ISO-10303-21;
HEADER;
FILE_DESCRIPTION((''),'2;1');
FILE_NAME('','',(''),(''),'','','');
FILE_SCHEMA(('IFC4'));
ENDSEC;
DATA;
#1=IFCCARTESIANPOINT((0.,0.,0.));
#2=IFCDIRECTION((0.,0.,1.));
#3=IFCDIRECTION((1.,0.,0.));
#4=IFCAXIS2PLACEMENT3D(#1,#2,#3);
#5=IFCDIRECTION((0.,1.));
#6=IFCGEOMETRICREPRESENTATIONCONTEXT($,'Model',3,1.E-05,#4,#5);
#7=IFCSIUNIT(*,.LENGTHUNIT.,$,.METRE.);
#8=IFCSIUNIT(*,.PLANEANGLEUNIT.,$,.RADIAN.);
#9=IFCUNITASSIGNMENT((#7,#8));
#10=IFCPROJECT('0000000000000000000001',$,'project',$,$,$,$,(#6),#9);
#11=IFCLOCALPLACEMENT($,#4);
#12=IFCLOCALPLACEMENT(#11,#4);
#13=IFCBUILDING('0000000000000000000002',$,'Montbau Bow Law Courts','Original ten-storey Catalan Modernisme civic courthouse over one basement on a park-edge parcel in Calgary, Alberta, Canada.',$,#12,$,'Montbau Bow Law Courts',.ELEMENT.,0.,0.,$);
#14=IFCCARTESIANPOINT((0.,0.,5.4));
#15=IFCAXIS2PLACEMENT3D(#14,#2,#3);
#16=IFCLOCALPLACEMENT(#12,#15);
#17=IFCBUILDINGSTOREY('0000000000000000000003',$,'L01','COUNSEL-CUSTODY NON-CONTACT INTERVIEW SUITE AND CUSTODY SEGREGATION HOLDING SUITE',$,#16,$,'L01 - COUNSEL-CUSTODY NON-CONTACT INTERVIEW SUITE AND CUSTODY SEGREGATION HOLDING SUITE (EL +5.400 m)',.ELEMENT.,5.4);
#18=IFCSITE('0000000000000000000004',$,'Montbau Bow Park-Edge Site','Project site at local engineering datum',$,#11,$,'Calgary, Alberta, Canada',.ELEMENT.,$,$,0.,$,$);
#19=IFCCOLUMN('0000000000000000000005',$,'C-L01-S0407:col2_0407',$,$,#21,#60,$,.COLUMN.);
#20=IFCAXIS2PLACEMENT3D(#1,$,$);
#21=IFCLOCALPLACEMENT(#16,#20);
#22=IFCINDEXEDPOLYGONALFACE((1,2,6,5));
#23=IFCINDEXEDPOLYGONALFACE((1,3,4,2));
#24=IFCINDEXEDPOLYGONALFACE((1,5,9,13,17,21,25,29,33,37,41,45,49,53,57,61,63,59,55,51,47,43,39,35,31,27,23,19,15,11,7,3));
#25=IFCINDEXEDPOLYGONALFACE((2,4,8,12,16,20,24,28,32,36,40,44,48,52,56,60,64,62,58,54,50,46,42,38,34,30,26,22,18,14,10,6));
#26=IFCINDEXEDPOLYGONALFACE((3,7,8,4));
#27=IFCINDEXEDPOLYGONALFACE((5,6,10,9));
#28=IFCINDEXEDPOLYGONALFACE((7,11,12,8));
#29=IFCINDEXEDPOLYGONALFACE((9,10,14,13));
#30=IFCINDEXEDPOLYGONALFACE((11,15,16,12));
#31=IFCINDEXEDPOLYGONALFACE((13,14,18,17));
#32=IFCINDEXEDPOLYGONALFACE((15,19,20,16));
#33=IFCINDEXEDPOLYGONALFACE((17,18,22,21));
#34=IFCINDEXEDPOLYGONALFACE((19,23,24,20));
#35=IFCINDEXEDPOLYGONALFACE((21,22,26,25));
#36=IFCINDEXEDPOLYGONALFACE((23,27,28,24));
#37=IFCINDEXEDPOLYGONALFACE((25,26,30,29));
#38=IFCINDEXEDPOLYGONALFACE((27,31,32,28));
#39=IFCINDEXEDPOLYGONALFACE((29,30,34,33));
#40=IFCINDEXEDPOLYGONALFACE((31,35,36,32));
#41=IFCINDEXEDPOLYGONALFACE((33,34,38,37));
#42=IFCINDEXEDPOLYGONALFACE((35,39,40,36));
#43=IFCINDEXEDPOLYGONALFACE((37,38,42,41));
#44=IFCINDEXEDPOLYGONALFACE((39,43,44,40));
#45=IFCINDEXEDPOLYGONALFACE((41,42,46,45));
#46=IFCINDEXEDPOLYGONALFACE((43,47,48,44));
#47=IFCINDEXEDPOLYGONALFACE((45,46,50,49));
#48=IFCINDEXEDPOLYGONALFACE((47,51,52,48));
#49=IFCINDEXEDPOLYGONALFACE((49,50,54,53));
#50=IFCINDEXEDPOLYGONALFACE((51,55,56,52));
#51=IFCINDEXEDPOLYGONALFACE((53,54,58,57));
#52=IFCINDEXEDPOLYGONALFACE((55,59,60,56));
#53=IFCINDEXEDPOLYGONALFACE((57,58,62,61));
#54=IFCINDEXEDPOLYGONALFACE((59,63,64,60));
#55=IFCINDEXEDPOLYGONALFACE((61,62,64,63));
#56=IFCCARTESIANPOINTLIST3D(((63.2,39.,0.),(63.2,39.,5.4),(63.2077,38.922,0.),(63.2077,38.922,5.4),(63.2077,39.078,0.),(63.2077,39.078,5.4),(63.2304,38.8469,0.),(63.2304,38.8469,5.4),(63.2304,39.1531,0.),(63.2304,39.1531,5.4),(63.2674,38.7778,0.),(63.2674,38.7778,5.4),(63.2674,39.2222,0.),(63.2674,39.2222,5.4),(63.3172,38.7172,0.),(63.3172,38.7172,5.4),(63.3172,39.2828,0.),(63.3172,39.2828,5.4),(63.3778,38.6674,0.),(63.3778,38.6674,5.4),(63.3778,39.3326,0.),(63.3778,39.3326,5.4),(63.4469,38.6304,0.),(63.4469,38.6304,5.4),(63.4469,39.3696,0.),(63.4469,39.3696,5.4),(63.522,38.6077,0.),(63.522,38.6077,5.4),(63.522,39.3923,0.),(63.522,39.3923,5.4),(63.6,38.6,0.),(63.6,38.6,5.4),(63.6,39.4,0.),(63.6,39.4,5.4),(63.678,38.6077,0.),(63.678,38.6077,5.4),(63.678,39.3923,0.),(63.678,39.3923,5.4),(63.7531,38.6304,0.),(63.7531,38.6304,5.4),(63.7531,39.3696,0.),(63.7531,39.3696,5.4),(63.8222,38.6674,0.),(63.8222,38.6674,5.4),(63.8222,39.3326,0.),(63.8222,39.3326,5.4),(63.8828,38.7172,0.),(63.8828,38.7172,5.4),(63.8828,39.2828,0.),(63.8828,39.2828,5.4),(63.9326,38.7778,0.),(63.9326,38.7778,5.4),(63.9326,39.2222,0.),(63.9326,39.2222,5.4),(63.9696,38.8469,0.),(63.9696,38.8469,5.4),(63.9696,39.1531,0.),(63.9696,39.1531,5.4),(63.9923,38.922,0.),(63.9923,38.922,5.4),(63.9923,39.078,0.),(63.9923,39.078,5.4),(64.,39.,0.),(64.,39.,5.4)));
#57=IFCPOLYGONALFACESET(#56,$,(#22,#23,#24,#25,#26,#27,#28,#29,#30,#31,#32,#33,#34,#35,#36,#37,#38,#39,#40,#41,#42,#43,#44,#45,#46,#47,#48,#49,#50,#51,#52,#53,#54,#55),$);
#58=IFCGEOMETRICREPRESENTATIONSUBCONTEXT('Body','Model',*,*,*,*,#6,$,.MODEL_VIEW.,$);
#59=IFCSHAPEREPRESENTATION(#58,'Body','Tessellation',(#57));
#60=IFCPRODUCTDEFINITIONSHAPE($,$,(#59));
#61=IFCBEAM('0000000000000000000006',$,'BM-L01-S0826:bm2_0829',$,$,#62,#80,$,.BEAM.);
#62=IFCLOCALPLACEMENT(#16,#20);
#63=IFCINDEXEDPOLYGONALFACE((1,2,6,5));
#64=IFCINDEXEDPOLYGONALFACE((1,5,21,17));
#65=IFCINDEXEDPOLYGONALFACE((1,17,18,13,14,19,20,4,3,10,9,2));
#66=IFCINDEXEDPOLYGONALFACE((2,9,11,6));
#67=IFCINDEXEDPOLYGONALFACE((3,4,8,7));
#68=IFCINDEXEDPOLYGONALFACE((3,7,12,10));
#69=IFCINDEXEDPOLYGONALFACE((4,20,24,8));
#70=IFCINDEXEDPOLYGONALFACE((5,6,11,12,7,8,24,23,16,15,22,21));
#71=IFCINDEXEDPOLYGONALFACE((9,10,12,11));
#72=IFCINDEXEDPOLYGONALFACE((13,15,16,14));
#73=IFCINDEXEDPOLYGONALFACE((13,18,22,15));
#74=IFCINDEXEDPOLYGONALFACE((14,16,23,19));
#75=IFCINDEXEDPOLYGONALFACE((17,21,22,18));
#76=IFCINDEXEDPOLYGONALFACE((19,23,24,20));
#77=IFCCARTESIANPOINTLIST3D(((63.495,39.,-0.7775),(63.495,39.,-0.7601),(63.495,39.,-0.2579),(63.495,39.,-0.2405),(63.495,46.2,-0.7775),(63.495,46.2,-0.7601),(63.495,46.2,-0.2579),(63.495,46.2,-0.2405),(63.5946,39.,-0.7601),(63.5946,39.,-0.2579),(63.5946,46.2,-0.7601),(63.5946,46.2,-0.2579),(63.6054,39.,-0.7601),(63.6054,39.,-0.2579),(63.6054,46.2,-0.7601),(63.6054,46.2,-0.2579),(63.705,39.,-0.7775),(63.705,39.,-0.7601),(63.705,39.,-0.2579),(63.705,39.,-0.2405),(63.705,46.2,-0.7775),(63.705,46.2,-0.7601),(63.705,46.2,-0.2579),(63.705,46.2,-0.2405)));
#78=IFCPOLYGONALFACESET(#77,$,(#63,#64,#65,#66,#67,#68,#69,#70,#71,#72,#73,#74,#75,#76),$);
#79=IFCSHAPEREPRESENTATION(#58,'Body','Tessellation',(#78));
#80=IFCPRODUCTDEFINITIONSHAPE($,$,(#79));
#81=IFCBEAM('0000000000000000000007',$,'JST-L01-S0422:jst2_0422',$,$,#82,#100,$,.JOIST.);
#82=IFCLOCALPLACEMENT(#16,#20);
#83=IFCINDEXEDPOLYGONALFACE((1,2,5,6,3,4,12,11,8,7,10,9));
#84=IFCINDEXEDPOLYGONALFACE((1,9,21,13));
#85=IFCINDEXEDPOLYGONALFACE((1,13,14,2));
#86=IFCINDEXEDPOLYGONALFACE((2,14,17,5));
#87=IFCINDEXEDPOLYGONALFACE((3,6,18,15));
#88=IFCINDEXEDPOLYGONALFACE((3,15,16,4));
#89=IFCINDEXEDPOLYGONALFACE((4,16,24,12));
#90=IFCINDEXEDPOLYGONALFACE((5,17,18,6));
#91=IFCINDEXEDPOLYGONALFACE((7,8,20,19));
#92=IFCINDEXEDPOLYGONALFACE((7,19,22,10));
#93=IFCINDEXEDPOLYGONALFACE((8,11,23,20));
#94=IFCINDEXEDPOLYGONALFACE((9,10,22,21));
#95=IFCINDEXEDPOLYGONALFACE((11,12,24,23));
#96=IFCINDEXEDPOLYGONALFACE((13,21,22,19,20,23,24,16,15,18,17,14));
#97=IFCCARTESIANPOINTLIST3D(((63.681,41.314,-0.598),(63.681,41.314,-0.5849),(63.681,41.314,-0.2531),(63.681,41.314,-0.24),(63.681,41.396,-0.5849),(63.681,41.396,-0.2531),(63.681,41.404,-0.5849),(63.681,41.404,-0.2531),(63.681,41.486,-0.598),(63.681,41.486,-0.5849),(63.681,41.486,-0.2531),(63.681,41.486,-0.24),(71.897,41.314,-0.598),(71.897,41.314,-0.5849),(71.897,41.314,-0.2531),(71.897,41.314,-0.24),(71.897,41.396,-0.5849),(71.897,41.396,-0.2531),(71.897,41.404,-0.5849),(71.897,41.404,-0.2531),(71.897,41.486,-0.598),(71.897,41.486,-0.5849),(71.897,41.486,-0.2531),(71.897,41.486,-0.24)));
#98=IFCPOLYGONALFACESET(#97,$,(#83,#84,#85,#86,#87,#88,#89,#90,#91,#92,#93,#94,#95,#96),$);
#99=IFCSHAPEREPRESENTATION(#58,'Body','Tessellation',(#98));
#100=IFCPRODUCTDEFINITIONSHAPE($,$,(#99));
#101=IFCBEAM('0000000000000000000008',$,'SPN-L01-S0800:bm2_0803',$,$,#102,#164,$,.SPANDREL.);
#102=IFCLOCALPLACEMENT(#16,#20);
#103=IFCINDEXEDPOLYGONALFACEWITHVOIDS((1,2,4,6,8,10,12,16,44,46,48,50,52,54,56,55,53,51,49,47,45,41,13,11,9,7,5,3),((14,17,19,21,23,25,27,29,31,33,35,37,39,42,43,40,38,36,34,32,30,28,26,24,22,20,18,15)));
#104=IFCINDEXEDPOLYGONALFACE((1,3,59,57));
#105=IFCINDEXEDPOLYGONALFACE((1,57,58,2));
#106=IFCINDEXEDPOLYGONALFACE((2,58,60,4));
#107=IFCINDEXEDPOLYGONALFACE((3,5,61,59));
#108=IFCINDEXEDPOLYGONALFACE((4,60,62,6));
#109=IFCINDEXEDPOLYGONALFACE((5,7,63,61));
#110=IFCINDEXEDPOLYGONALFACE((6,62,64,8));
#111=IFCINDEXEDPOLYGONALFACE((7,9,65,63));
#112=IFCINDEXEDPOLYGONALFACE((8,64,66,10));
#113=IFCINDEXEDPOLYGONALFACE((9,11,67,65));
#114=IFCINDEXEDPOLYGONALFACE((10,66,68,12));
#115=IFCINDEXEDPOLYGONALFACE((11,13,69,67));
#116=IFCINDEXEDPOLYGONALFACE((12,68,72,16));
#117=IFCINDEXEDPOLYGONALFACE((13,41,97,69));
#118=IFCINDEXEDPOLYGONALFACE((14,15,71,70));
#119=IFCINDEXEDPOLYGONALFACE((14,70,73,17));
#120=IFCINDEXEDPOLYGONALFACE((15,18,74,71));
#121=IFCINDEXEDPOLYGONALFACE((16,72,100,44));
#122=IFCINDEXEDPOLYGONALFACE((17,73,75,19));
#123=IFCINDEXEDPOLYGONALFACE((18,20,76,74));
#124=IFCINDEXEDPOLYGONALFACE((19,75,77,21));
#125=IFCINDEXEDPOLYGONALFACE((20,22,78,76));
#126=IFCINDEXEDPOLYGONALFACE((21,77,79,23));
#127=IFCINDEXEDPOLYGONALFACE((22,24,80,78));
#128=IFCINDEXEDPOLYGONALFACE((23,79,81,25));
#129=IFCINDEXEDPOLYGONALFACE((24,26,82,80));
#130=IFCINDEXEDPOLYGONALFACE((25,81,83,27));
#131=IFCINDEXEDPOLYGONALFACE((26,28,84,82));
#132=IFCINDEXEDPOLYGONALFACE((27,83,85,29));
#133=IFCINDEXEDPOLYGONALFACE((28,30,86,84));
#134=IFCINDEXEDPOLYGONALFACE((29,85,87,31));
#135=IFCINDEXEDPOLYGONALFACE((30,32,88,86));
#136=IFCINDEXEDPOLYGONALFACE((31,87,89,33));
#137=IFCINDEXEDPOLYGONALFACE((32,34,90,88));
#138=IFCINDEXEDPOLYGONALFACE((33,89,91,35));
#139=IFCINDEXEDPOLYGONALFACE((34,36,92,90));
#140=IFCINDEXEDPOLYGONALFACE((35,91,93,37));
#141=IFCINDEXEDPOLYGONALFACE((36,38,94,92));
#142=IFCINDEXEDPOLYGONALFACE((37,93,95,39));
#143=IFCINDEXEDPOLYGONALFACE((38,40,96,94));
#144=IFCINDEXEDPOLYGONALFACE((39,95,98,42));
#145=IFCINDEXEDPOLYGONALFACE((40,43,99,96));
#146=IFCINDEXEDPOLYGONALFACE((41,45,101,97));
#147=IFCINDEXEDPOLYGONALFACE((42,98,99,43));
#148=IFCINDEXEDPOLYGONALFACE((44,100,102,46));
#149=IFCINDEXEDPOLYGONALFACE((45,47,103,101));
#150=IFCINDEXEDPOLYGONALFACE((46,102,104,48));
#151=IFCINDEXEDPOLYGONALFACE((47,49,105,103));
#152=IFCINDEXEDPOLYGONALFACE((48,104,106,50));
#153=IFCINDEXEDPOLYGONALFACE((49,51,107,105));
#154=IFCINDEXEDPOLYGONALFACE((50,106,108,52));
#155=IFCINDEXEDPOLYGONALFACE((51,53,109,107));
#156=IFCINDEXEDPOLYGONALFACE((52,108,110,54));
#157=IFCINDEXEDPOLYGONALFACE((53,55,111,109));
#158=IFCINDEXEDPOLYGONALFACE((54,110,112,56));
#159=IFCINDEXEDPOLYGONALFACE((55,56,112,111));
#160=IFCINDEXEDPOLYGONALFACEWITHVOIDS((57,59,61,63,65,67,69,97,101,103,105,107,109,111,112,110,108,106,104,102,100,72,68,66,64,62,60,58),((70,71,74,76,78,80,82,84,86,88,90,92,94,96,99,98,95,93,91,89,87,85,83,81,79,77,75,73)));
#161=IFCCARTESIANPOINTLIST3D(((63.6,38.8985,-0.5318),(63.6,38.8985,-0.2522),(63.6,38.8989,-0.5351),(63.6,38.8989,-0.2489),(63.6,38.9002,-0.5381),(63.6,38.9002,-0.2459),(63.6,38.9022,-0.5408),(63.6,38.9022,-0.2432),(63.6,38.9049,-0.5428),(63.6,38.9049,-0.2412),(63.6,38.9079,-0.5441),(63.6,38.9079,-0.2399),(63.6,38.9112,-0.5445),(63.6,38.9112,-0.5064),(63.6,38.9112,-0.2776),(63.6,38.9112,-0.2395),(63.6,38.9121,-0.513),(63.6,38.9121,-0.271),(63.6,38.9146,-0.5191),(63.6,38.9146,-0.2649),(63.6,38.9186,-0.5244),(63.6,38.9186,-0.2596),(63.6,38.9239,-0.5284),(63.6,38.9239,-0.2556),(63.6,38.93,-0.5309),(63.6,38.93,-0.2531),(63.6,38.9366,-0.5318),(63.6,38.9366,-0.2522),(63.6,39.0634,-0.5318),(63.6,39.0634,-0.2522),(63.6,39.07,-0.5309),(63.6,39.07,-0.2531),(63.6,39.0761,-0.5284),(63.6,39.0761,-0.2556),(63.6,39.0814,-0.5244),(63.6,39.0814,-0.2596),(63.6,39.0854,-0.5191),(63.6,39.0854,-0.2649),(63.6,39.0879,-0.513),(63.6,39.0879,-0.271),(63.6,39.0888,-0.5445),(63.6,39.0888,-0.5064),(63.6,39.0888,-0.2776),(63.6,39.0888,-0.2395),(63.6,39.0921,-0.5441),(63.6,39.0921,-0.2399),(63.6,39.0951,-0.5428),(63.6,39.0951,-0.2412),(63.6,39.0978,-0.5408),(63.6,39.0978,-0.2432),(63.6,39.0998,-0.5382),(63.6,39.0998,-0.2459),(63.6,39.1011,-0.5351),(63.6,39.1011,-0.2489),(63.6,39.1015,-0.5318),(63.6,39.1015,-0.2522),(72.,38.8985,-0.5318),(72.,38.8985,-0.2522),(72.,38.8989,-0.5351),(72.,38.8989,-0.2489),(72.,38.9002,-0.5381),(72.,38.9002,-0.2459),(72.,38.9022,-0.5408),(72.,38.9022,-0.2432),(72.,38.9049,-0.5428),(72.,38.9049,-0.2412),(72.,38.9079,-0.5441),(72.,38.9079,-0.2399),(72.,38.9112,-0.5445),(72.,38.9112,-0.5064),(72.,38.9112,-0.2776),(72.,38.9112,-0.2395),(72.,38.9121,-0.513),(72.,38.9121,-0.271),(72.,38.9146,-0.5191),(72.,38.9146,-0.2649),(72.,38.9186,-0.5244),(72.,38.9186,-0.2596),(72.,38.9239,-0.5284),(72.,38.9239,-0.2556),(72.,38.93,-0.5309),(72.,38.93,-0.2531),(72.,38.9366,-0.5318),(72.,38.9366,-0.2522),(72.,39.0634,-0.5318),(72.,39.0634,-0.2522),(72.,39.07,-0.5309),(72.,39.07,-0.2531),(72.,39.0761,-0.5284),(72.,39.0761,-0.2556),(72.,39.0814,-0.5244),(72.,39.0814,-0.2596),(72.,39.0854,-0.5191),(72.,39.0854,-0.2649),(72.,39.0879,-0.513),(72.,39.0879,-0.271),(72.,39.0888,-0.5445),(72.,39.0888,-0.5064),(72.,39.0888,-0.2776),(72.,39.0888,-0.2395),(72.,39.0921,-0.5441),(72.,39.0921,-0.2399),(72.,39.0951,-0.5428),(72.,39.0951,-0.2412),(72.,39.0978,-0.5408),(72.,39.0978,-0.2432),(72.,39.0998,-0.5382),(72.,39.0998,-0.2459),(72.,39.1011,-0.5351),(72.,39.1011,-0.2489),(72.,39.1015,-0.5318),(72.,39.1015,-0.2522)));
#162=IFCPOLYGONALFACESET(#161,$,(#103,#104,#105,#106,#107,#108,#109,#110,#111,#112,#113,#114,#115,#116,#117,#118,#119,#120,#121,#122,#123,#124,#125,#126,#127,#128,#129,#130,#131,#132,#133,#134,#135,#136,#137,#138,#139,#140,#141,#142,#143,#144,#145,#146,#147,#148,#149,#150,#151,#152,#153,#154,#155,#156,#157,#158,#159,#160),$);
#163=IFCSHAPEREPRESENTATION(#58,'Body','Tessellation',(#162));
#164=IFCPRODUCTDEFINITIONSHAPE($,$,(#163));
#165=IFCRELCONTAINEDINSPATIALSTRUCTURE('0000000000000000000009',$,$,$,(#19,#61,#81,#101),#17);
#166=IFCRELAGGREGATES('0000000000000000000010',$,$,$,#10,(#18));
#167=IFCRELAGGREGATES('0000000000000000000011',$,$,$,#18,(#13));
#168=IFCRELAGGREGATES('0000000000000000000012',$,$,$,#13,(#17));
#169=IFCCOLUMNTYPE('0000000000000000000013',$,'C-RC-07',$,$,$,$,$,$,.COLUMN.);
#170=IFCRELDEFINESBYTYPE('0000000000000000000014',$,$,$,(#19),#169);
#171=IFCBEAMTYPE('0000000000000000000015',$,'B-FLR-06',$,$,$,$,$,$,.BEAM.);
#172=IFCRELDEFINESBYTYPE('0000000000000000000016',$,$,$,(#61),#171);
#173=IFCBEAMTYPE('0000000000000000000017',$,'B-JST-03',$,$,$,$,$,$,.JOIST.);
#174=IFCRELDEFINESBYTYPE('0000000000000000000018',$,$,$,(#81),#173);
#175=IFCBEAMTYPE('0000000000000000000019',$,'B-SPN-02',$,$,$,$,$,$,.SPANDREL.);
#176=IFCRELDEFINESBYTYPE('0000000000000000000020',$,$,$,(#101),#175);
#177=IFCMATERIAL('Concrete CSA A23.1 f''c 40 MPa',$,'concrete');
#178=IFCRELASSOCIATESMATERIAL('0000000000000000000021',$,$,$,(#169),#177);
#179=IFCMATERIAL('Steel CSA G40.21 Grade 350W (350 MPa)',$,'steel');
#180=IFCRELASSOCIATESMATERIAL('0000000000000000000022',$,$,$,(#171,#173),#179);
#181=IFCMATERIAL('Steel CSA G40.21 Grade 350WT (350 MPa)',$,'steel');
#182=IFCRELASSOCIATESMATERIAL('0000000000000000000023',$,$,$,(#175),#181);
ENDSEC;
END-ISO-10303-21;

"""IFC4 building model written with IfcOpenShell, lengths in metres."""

from ifc_helpers import new_model, si_unit, direction, frame, origin_with_axes, origin_2d_with_axis, place, context, subcontext, project, spatial, hollow_rectangle, circle, i_section, extrude, material, material_profile, profile_set, type_object, element, save


model = new_model("IFC4")

# Units and contexts
model_context = context("Model", 3, precision=1e-05, world=origin_with_axes(), true_north=direction((0.0, 1.0)))
body_context = subcontext(model_context, "Body", "Model", "MODEL_VIEW")
ifc_project = project(units=[si_unit("LENGTHUNIT", "METRE"), si_unit("PLANEANGLEUNIT", "RADIAN")], contexts=[model_context])

# Site, building, storey
site_placement = place(None, origin_with_axes())
site = spatial("IfcSite", under=ifc_project, at=site_placement, Name="Montbau Bow Park-Edge Site", Description="Project site at local engineering datum", LongName="Calgary, Alberta, Canada", CompositionType="ELEMENT", RefElevation=0.0)
building_placement = place(site_placement, origin_with_axes())
building = spatial("IfcBuilding", under=site, at=building_placement, Name="Montbau Bow Law Courts", Description="Original ten-storey Catalan Modernisme civic courthouse over one basement on a park-edge parcel in Calgary, Alberta, Canada.", LongName="Montbau Bow Law Courts", CompositionType="ELEMENT", ElevationOfRefHeight=0.0, ElevationOfTerrain=0.0)
storey_placement = place(building_placement, frame((0.0, 0.0, 5.4), z_axis=(0.0, 0.0, 1.0), x_axis=(1.0, 0.0, 0.0)))
storey = spatial("IfcBuildingStorey", under=building, at=storey_placement, Name="L01", Description="COUNSEL-CUSTODY NON-CONTACT INTERVIEW SUITE AND CUSTODY SEGREGATION HOLDING SUITE", LongName="L01 - COUNSEL-CUSTODY NON-CONTACT INTERVIEW SUITE AND CUSTODY SEGREGATION HOLDING SUITE (EL +5.400 m)", CompositionType="ELEMENT", Elevation=5.4)

# Column
ifc_material_1 = material(Name="Concrete CSA A23.1 f'c 40 MPa", Category="concrete")
ifc_material_profile_1 = material_profile(ifc_material_1, circle(Radius=0.4, at=origin_2d_with_axis()), Name="RC800D", Category="Main", Priority=0)
ifc_profile_set_1 = profile_set([ifc_material_profile_1], Name="Concrete CSA A23.1 f'c 40 MPa")
column_type = type_object("IfcColumnType", Name="C-RC-07", PredefinedType="COLUMN", material=ifc_profile_set_1)
column_placement = place(None, frame((63.6, 39.0, 5.4), z_axis=(0.0, 0.0, 1.0), x_axis=(1.0, 0.0, 0.0)))
element("IfcColumn", 1, at=column_placement, inside=storey, type_object=column_type, Name="C-L01-S0407:col2_0407", PredefinedType="COLUMN", context=body_context, shape_type="SweptSolid", body=[
    extrude(circle(Radius=0.4, at=origin_2d_with_axis()), origin_with_axes(), (0.0, 0.0, 1.0), 5.4),
])

# Beams
ifc_material_2 = material(Name="Steel CSA G40.21 Grade 350W (350 MPa)", Category="steel")
ifc_material_profile_2 = material_profile(ifc_material_2, i_section(OverallWidth=0.21, OverallDepth=0.537, WebThickness=0.0109, FlangeThickness=0.0174, at=origin_2d_with_axis()), Name="W530X101", Category="Main", Priority=0)
ifc_profile_set_2 = profile_set([ifc_material_profile_2], Name="Steel CSA G40.21 Grade 350W (350 MPa)")
beam_type_1 = type_object("IfcBeamType", Name="B-FLR-06", PredefinedType="BEAM", material=ifc_profile_set_2)
beam_1_placement = place(None, frame((63.6, 39.0, 4.891), z_axis=(0.0, 1.0, 0.0), x_axis=(-1.0, 0.0, 0.0)))
element("IfcBeam", 2, at=beam_1_placement, inside=storey, type_object=beam_type_1, Name="BM-L01-S0826:bm2_0829", PredefinedType="BEAM", context=body_context, shape_type="SweptSolid", body=[
    extrude(i_section(OverallWidth=0.21, OverallDepth=0.537, WebThickness=0.0109, FlangeThickness=0.0174, at=origin_2d_with_axis()), origin_with_axes(), (0.0, 0.0, 1.0), 7.2),
])
ifc_material_profile_3 = material_profile(ifc_material_2, i_section(OverallWidth=0.172, OverallDepth=0.358, WebThickness=0.0079, FlangeThickness=0.0131, at=origin_2d_with_axis()), Name="W360X57", Category="Main", Priority=0)
ifc_profile_set_3 = profile_set([ifc_material_profile_3], Name="Steel CSA G40.21 Grade 350W (350 MPa)")
beam_type_2 = type_object("IfcBeamType", Name="B-JST-03", PredefinedType="JOIST", material=ifc_profile_set_3)
beam_2_placement = place(None, frame((63.681, 41.4, 4.981), z_axis=(1.0, 0.0, 0.0), x_axis=(0.0, 1.0, 0.0)))
element("IfcBeam", 3, at=beam_2_placement, inside=storey, type_object=beam_type_2, Name="JST-L01-S0422:jst2_0422", PredefinedType="JOIST", context=body_context, shape_type="SweptSolid", body=[
    extrude(i_section(OverallWidth=0.172, OverallDepth=0.358, WebThickness=0.0079, FlangeThickness=0.0131, at=origin_2d_with_axis()), origin_with_axes(), (0.0, 0.0, 1.0), 8.216),
])
ifc_material_3 = material(Name="Steel CSA G40.21 Grade 350WT (350 MPa)", Category="steel")
ifc_material_profile_4 = material_profile(ifc_material_3, hollow_rectangle(XDim=0.203, YDim=0.305, WallThickness=0.0127, InnerFilletRadius=0.0254, OuterFilletRadius=0.0127, at=origin_2d_with_axis()), Name="HSS305X203X13", Category="Main", Priority=0)
ifc_profile_set_4 = profile_set([ifc_material_profile_4], Name="Steel CSA G40.21 Grade 350WT (350 MPa)")
beam_type_3 = type_object("IfcBeamType", Name="B-SPN-02", PredefinedType="SPANDREL", material=ifc_profile_set_4)
beam_3_placement = place(None, frame((63.6, 39.0, 5.008), z_axis=(1.0, 0.0, 0.0), x_axis=(0.0, 1.0, 0.0)))
element("IfcBeam", 4, at=beam_3_placement, inside=storey, type_object=beam_type_3, Name="SPN-L01-S0800:bm2_0803", PredefinedType="SPANDREL", context=body_context, shape_type="SweptSolid", body=[
    extrude(hollow_rectangle(XDim=0.203, YDim=0.305, WallThickness=0.0127, InnerFilletRadius=0.0254, OuterFilletRadius=0.0127, at=origin_2d_with_axis()), origin_with_axes(), (0.0, 0.0, 1.0), 8.4),
])

save(model, "model.ifc")
